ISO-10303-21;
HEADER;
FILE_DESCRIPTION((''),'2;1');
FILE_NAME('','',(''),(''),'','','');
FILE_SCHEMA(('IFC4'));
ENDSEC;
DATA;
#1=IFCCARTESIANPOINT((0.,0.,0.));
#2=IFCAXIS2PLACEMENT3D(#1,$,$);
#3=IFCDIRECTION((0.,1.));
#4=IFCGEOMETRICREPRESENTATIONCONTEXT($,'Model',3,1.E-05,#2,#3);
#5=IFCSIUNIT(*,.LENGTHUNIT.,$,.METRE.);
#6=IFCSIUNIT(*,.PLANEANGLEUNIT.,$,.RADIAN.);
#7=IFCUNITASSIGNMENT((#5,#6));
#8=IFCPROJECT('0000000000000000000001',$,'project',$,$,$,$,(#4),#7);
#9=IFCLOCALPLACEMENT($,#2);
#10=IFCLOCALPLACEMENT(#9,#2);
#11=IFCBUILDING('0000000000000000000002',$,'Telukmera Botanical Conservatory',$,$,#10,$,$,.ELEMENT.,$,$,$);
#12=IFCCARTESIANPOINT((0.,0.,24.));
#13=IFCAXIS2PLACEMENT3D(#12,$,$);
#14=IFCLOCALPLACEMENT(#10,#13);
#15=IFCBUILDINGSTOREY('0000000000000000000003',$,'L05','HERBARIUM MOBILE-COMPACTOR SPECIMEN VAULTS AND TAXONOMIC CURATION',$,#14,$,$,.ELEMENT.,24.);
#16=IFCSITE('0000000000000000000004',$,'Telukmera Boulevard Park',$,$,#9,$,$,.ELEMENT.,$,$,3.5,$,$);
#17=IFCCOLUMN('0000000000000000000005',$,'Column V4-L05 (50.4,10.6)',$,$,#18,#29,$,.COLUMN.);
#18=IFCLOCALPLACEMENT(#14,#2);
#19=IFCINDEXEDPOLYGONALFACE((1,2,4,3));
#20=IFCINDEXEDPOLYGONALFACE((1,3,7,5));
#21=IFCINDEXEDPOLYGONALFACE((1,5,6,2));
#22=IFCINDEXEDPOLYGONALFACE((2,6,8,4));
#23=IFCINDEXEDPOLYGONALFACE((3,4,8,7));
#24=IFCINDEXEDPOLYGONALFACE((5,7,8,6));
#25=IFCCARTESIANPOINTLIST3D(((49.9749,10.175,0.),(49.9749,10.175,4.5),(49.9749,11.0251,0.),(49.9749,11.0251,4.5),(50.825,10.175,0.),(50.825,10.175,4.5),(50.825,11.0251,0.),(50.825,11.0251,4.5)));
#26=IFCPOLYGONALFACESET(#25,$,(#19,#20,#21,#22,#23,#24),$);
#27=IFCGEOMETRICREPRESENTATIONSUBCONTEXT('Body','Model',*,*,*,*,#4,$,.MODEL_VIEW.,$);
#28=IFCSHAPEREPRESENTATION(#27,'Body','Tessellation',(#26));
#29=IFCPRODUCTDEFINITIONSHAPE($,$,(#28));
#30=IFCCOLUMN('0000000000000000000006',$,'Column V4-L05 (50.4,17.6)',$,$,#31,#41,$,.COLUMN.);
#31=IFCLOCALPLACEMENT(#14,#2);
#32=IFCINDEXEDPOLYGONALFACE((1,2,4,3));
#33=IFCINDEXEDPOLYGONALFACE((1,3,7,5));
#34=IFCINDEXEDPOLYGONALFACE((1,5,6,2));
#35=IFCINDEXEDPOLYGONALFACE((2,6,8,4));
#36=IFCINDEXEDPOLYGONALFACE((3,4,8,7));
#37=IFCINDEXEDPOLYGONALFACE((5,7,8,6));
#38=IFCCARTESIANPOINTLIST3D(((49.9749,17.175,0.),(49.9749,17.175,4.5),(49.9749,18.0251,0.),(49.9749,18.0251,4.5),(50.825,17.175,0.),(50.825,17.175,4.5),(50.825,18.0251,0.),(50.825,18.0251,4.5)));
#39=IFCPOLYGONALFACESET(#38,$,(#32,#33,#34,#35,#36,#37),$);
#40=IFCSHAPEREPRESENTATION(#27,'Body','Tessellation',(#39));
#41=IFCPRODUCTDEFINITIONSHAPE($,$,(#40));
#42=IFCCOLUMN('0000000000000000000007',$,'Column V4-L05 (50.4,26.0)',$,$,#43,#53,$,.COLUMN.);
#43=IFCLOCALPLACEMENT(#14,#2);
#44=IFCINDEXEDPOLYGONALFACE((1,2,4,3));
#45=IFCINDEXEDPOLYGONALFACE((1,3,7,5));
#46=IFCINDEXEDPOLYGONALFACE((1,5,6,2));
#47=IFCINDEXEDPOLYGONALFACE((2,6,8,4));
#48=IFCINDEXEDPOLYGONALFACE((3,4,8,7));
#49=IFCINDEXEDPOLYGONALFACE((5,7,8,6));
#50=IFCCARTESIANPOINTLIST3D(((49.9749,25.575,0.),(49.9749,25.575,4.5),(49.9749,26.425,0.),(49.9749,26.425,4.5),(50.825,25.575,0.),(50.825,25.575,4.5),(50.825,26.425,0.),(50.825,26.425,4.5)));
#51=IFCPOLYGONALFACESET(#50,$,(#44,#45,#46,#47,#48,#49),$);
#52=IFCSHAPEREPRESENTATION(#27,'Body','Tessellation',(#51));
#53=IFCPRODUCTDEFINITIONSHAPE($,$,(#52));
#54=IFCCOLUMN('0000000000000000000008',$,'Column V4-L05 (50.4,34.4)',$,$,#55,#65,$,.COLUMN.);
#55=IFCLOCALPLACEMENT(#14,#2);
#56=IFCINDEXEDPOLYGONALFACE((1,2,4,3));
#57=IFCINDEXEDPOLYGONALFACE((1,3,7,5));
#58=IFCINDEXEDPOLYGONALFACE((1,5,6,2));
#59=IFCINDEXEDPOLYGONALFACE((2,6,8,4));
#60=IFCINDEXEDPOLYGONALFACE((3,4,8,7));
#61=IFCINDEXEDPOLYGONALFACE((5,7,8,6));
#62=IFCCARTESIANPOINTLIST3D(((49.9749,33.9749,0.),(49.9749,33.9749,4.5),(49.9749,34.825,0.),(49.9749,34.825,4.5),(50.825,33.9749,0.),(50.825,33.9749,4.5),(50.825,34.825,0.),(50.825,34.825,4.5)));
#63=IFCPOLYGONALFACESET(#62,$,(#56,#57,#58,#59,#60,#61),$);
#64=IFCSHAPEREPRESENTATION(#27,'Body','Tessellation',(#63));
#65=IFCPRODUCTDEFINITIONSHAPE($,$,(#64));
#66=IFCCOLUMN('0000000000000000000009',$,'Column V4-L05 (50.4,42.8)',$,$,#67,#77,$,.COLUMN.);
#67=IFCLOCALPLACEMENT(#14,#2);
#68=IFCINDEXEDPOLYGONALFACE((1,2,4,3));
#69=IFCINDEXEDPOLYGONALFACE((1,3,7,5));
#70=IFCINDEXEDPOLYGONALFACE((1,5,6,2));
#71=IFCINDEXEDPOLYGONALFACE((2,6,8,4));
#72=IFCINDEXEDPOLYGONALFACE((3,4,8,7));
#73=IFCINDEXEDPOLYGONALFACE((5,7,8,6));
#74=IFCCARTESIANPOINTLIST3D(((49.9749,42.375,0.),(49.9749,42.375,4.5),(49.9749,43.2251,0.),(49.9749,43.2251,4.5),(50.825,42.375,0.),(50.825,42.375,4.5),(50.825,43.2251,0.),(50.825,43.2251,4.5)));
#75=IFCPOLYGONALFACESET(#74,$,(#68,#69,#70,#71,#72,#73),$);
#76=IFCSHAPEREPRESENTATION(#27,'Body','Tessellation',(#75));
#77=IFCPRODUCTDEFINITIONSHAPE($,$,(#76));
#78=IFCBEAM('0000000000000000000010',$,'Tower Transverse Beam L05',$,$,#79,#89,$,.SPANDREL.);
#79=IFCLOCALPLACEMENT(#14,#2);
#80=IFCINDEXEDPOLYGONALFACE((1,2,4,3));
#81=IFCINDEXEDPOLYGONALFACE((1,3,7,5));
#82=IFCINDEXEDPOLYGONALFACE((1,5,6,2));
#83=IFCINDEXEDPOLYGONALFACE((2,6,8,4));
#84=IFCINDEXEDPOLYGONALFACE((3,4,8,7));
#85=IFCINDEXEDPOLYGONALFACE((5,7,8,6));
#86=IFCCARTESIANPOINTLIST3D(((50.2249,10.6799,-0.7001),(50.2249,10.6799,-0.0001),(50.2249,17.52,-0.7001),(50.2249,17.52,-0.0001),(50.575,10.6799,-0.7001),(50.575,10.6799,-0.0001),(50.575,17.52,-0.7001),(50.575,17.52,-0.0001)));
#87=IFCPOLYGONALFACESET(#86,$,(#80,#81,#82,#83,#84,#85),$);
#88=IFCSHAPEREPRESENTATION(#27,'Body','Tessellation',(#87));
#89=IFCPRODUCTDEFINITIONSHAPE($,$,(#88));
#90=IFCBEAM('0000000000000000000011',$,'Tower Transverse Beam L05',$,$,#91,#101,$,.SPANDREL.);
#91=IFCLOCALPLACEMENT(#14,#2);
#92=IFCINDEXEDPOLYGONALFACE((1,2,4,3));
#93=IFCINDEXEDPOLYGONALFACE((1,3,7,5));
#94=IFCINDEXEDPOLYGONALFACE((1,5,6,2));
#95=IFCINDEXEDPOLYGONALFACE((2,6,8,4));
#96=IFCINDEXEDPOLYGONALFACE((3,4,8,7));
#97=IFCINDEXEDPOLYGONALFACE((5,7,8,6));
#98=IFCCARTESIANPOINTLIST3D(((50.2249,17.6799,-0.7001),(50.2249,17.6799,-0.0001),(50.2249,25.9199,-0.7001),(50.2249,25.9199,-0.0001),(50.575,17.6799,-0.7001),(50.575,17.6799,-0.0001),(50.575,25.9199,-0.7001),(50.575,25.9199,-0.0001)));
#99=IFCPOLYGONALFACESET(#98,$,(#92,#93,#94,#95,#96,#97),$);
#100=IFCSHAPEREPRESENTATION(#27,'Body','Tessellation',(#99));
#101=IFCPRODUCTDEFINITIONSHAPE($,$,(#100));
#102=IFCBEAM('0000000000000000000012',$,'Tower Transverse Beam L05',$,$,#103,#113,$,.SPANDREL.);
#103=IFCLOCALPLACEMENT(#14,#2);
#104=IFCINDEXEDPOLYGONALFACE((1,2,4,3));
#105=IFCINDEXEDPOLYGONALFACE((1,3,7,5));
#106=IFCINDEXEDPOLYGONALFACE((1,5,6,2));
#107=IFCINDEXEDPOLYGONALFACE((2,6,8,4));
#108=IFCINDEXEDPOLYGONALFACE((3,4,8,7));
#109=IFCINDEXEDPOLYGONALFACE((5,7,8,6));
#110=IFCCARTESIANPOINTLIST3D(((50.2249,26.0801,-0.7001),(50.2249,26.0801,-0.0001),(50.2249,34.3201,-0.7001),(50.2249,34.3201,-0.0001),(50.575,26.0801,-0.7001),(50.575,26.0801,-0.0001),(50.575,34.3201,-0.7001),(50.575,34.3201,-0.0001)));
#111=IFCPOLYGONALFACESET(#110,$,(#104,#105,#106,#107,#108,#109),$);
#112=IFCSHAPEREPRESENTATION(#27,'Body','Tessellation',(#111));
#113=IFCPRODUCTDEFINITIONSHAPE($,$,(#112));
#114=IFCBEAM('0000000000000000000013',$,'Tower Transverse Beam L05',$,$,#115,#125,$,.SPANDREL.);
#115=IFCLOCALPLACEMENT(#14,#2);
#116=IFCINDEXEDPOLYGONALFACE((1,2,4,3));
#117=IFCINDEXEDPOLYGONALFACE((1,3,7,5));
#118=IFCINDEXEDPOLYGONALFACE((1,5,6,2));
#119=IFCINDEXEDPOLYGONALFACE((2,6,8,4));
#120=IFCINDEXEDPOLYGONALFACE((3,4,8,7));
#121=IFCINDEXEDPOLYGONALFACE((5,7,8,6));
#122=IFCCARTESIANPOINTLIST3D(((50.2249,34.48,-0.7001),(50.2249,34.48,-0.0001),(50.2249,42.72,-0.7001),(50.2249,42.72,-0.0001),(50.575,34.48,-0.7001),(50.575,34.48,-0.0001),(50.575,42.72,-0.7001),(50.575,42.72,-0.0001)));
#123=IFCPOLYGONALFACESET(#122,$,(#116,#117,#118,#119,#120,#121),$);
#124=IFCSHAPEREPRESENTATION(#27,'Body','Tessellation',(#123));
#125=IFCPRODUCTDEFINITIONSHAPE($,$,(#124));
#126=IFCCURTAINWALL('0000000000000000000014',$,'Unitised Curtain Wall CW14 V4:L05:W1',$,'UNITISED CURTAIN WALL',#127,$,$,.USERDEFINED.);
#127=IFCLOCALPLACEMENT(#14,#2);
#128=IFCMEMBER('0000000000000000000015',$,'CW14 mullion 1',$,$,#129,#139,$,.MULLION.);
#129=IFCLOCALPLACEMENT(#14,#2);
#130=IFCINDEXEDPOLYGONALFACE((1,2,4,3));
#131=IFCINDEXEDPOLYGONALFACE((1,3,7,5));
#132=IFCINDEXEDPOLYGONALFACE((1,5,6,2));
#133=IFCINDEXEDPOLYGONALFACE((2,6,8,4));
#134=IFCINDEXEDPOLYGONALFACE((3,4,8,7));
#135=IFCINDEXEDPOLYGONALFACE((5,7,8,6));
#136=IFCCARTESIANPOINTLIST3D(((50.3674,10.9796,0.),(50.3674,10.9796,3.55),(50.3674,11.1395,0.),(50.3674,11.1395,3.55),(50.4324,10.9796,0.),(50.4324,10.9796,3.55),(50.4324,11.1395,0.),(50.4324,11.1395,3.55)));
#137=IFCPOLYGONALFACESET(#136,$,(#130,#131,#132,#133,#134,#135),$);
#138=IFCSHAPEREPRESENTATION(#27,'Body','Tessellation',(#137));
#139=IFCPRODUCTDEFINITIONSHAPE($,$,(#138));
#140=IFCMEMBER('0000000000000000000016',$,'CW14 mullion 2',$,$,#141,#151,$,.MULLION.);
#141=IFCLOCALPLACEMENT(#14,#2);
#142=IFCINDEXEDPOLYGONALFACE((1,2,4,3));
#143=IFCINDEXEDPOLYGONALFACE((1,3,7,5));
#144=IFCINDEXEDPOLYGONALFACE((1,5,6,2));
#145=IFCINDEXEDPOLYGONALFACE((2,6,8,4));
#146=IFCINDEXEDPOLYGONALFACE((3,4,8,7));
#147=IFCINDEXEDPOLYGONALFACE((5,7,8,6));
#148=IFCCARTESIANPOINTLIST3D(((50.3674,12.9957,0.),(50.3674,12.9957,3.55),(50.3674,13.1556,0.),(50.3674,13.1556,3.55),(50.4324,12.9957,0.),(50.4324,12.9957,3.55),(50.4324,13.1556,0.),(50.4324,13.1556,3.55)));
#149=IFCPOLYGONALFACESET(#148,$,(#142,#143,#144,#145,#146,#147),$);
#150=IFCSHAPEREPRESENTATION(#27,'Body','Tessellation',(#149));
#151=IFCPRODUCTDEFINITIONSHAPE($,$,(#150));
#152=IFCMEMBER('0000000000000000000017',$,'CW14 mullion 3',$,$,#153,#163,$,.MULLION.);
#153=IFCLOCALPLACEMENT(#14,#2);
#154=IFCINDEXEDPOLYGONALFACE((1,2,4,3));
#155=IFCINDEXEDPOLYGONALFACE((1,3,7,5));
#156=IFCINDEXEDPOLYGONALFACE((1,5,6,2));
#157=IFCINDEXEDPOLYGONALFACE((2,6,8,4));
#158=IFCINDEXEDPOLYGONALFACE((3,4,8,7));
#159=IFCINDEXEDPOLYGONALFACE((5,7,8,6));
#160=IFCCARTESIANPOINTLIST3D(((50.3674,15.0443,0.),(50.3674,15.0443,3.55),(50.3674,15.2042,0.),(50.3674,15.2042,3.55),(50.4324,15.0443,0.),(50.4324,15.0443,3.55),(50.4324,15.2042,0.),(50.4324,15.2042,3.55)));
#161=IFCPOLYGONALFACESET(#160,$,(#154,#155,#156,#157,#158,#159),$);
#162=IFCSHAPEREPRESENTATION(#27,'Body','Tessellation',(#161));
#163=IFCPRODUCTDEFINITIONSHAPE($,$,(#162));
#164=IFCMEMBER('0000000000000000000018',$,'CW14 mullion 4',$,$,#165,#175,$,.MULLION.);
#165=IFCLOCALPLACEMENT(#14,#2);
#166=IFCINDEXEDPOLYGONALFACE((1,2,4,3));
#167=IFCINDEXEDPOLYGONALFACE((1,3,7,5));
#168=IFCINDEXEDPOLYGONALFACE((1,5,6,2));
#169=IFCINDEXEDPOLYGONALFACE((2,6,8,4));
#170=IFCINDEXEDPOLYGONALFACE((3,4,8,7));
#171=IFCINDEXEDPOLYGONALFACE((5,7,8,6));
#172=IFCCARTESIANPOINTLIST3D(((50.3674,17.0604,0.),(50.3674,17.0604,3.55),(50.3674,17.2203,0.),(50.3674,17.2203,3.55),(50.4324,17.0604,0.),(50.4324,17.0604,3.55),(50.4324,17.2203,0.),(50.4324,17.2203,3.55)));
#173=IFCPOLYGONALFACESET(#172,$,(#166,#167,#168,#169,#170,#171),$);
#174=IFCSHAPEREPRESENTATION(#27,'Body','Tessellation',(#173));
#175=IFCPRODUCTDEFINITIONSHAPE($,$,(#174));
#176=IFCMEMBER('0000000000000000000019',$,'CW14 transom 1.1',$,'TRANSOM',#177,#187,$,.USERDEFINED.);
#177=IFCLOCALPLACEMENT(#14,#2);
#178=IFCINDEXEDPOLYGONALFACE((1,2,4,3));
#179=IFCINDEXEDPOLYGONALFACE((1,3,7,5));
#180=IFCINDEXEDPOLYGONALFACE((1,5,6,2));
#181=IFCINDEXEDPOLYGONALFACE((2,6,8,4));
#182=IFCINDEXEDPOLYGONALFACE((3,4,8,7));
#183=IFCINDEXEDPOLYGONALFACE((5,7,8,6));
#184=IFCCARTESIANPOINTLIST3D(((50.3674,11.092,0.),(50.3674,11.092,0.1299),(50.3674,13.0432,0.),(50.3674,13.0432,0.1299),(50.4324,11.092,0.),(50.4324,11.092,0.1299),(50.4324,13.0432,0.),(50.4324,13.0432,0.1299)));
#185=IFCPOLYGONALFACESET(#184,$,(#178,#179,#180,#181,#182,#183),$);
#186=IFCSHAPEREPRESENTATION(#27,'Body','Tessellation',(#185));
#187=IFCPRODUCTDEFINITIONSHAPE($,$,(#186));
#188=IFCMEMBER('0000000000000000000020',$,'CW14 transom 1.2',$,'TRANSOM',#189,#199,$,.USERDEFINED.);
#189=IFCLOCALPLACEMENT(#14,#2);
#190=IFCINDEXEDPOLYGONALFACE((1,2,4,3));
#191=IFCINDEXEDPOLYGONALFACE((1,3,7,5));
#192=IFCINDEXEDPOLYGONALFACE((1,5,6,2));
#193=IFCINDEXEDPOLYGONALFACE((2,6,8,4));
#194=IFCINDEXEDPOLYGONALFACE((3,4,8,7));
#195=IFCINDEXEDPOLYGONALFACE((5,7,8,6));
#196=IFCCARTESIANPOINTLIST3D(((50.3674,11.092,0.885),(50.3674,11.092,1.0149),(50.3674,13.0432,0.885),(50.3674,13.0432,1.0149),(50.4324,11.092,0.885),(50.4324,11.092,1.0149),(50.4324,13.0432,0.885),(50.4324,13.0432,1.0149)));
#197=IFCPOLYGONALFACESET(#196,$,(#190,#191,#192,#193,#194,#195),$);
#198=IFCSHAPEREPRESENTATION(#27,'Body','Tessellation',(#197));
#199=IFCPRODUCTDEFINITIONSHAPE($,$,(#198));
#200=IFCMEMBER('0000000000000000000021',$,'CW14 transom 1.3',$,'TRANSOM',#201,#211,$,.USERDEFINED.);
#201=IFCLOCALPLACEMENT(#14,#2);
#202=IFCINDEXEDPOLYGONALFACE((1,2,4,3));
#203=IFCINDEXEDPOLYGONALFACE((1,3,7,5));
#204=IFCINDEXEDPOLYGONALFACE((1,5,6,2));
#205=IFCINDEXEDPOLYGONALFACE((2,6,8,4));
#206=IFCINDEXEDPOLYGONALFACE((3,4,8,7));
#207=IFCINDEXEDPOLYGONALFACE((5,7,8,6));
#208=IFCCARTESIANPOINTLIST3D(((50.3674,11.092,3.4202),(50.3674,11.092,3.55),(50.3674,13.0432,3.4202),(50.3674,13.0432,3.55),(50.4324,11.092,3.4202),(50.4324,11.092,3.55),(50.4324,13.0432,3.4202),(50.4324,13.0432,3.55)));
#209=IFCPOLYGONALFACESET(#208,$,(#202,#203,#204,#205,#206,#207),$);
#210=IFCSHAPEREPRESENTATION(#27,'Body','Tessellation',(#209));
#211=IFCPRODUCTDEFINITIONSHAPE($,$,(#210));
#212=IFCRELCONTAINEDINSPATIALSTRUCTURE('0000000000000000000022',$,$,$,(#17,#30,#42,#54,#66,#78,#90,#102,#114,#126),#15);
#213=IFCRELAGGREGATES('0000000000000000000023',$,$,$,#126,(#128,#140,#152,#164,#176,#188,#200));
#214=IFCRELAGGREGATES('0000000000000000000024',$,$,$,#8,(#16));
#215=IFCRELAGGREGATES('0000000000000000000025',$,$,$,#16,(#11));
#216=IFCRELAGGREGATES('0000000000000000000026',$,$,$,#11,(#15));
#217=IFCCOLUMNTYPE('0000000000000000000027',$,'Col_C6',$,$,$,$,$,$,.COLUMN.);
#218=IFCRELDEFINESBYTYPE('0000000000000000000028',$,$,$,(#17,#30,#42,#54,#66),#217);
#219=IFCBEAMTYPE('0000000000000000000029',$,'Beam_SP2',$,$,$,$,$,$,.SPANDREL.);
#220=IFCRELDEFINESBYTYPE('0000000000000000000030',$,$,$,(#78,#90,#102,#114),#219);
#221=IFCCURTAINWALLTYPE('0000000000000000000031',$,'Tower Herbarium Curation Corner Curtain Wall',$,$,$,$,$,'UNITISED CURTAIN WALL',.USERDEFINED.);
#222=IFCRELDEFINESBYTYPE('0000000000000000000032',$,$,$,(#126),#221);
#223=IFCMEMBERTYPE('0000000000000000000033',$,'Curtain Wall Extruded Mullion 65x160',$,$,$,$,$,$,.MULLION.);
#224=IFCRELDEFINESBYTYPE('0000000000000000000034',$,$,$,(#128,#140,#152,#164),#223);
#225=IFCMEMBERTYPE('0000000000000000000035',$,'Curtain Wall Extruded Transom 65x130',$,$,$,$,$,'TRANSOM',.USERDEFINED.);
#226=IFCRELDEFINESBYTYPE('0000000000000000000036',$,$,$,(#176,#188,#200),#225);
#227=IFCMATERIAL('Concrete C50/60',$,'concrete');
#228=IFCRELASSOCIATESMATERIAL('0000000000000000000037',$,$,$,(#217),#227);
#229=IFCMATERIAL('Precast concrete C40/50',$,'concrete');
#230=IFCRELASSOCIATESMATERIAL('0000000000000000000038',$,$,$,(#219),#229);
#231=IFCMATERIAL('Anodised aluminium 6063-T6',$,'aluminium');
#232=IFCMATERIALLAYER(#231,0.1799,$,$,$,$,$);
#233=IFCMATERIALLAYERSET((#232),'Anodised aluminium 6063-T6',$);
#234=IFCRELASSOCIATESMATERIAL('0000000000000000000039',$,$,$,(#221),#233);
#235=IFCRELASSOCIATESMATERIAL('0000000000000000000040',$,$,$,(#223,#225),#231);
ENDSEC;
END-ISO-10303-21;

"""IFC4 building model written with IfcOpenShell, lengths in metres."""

from ifc_helpers import new_model, si_unit, direction, frame, origin, origin_2d, place, context, subcontext, project, spatial, rectangle, extrude, material, layer, layer_set, material_profile, profile_set, type_object, element, aggregate, save


model = new_model("IFC4")

# Units and contexts
model_context = context("Model", 3, precision=1e-05, world=origin(), true_north=direction((0.0, 1.0)))
body_context = subcontext(model_context, "Body", "Model", "MODEL_VIEW")
ifc_project = project(units=[si_unit("LENGTHUNIT", "METRE"), si_unit("PLANEANGLEUNIT", "RADIAN")], contexts=[model_context])

# Site, building, storey
site_placement = place(None, origin())
site = spatial("IfcSite", under=ifc_project, at=site_placement, Name="Telukmera Boulevard Park", CompositionType="ELEMENT", RefElevation=3.5)
building_placement = place(site_placement, origin())
building = spatial("IfcBuilding", under=site, at=building_placement, Name="Telukmera Botanical Conservatory", CompositionType="ELEMENT")
storey_placement = place(building_placement, frame((0.0, 0.0, 24.0)))
storey = spatial("IfcBuildingStorey", under=building, at=storey_placement, Name="L05", Description="HERBARIUM MOBILE-COMPACTOR SPECIMEN VAULTS AND TAXONOMIC CURATION", CompositionType="ELEMENT", Elevation=24.0)

# Columns
ifc_material_1 = material(Name="Concrete C50/60", Category="concrete")
ifc_material_profile_1 = material_profile(ifc_material_1, rectangle(XDim=0.8501, YDim=0.8501, at=origin_2d()), Name="RC 850x850")
ifc_profile_set_1 = profile_set([ifc_material_profile_1], Name="Concrete C50/60")
column_type = type_object("IfcColumnType", Name="Col_C6", PredefinedType="COLUMN", material=ifc_profile_set_1)
for number, where, z_axis, x_axis, name in (
    (1, (50.3999, 10.6001, 0.0), (0.0, 0.0, 1.0), (1.0, 0.0, 0.0), "Column V4-L05 (50.4,10.6)"),
    (2, (50.3999, 17.6001, 0.0), (0.0, 0.0, 1.0), (1.0, 0.0, 0.0), "Column V4-L05 (50.4,17.6)"),
    (3, (50.3999, 26.0, 0.0), (0.0, 0.0, 1.0), (1.0, 0.0, 0.0), "Column V4-L05 (50.4,26.0)"),
    (4, (50.3999, 34.3999, 0.0), (0.0, 0.0, 1.0), (1.0, 0.0, 0.0), "Column V4-L05 (50.4,34.4)"),
    (5, (50.3999, 42.8, 0.0), (0.0, 0.0, 1.0), (1.0, 0.0, 0.0), "Column V4-L05 (50.4,42.8)"),
):
    element("IfcColumn", number, at=place(storey_placement, frame(where, z_axis=z_axis, x_axis=x_axis)), inside=storey, type_object=column_type, Name=name, PredefinedType="COLUMN", context=body_context, shape_type="SweptSolid", body=[
        extrude(rectangle(XDim=0.8501, YDim=0.8501, at=origin_2d()), origin(), (0.0, 0.0, 1.0), 4.5),
    ])

# Beams
ifc_material_2 = material(Name="Precast concrete C40/50", Category="concrete")
ifc_material_profile_2 = material_profile(ifc_material_2, rectangle(XDim=0.3501, YDim=0.7, at=origin_2d()), Name="PC 350x700")
ifc_profile_set_2 = profile_set([ifc_material_profile_2], Name="Precast concrete C40/50")
beam_type = type_object("IfcBeamType", Name="Beam_SP2", PredefinedType="SPANDREL", material=ifc_profile_set_2)
beam_placement = place(storey_placement, frame((50.3999, 10.6799, -0.3501), z_axis=(0.0, 1.0, 0.0), x_axis=(-1.0, 0.0, 0.0)))
element("IfcBeam", 6, at=beam_placement, inside=storey, type_object=beam_type, Name="Tower Transverse Beam L05", PredefinedType="SPANDREL", context=body_context, shape_type="SweptSolid", body=[
    extrude(rectangle(XDim=0.3501, YDim=0.7, at=origin_2d()), origin(), (0.0, 0.0, 1.0), 6.8401),
])
for number, where, z_axis, x_axis, name in (
    (7, (50.3999, 17.6799, -0.3501), (0.0, 1.0, 0.0), (-1.0, 0.0, 0.0), "Tower Transverse Beam L05"),
    (8, (50.3999, 26.0801, -0.3501), (0.0, 1.0, 0.0), (-1.0, 0.0, 0.0), "Tower Transverse Beam L05"),
    (9, (50.3999, 34.48, -0.3501), (0.0, 1.0, 0.0), (-1.0, 0.0, 0.0), "Tower Transverse Beam L05"),
):
    element("IfcBeam", number, at=place(storey_placement, frame(where, z_axis=z_axis, x_axis=x_axis)), inside=storey, type_object=beam_type, Name=name, PredefinedType="SPANDREL", context=body_context, shape_type="SweptSolid", body=[
        extrude(rectangle(XDim=0.3501, YDim=0.7, at=origin_2d()), origin(), (0.0, 0.0, 1.0), 8.24),
    ])

# Curtain wall, members
ifc_material_3 = material(Name="Anodised aluminium 6063-T6", Category="aluminium")
ifc_layer_1 = layer(ifc_material_3, 0.1799)
ifc_layer_set_1 = layer_set([ifc_layer_1], Name="Anodised aluminium 6063-T6")
curtain_wall_type = type_object("IfcCurtainWallType", Name="Tower Herbarium Curation Corner Curtain Wall", ElementType="UNITISED CURTAIN WALL", PredefinedType="USERDEFINED", material=ifc_layer_set_1)
curtain_wall_placement = place(storey_placement, origin())
curtain_wall = element("IfcCurtainWall", 10, at=curtain_wall_placement, inside=storey, type_object=curtain_wall_type, Name="Unitised Curtain Wall CW14 V4:L05:W1", ObjectType="UNITISED CURTAIN WALL", PredefinedType="USERDEFINED")
ifc_material_profile_3 = material_profile(ifc_material_3, rectangle(XDim=0.0649, YDim=0.1599, at=origin_2d()), Name="ALU MULL 65x160")
ifc_profile_set_3 = profile_set([ifc_material_profile_3], Name="Anodised aluminium 6063-T6")
member_type_1 = type_object("IfcMemberType", Name="Curtain Wall Extruded Mullion 65x160", PredefinedType="MULLION", material=ifc_profile_set_3)
member_1_placement = place(storey_placement, frame((50.3999, 11.0596, 0.0), z_axis=(0.0, 0.0, 1.0), x_axis=(-1.0, 0.0, 0.0)))
member_1 = element("IfcMember", 11, at=member_1_placement, type_object=member_type_1, Name="CW14 mullion 1", PredefinedType="MULLION", context=body_context, shape_type="SweptSolid", body=[
    extrude(rectangle(XDim=0.0649, YDim=0.1599, at=origin_2d()), origin(), (0.0, 0.0, 1.0), 3.55),
])
member_2_placement = place(storey_placement, frame((50.3999, 13.0757, 0.0), z_axis=(0.0, 0.0, 1.0), x_axis=(-1.0, 0.0, 0.0)))
member_2 = element("IfcMember", 12, at=member_2_placement, type_object=member_type_1, Name="CW14 mullion 2", PredefinedType="MULLION", context=body_context, shape_type="SweptSolid", body=[
    extrude(rectangle(XDim=0.0649, YDim=0.1599, at=origin_2d()), origin(), (0.0, 0.0, 1.0), 3.55),
])
member_3_placement = place(storey_placement, frame((50.3999, 15.1243, 0.0), z_axis=(0.0, 0.0, 1.0), x_axis=(-1.0, 0.0, 0.0)))
member_3 = element("IfcMember", 13, at=member_3_placement, type_object=member_type_1, Name="CW14 mullion 3", PredefinedType="MULLION", context=body_context, shape_type="SweptSolid", body=[
    extrude(rectangle(XDim=0.0649, YDim=0.1599, at=origin_2d()), origin(), (0.0, 0.0, 1.0), 3.55),
])
member_4_placement = place(storey_placement, frame((50.3999, 17.1404, 0.0), z_axis=(0.0, 0.0, 1.0), x_axis=(-1.0, 0.0, 0.0)))
member_4 = element("IfcMember", 14, at=member_4_placement, type_object=member_type_1, Name="CW14 mullion 4", PredefinedType="MULLION", context=body_context, shape_type="SweptSolid", body=[
    extrude(rectangle(XDim=0.0649, YDim=0.1599, at=origin_2d()), origin(), (0.0, 0.0, 1.0), 3.55),
])
ifc_material_profile_4 = material_profile(ifc_material_3, rectangle(XDim=0.0649, YDim=0.1299, at=origin_2d()), Name="ALU TRAN 65x130")
ifc_profile_set_4 = profile_set([ifc_material_profile_4], Name="Anodised aluminium 6063-T6")
member_type_2 = type_object("IfcMemberType", Name="Curtain Wall Extruded Transom 65x130", ElementType="TRANSOM", PredefinedType="USERDEFINED", material=ifc_profile_set_4)
member_5_placement = place(storey_placement, frame((50.3999, 11.092, 0.0649), z_axis=(0.0, 1.0, 0.0), x_axis=(-1.0, 0.0, 0.0)))
member_5 = element("IfcMember", 15, at=member_5_placement, type_object=member_type_2, Name="CW14 transom 1.1", ObjectType="TRANSOM", PredefinedType="USERDEFINED", context=body_context, shape_type="SweptSolid", body=[
    extrude(rectangle(XDim=0.0649, YDim=0.1299, at=origin_2d()), origin(), (0.0, 0.0, 1.0), 1.9512),
])
member_6_placement = place(storey_placement, frame((50.3999, 11.092, 0.95), z_axis=(0.0, 1.0, 0.0), x_axis=(-1.0, 0.0, 0.0)))
member_6 = element("IfcMember", 16, at=member_6_placement, type_object=member_type_2, Name="CW14 transom 1.2", ObjectType="TRANSOM", PredefinedType="USERDEFINED", context=body_context, shape_type="SweptSolid", body=[
    extrude(rectangle(XDim=0.0649, YDim=0.1299, at=origin_2d()), origin(), (0.0, 0.0, 1.0), 1.9512),
])
member_7_placement = place(storey_placement, frame((50.3999, 11.092, 3.4851), z_axis=(0.0, 1.0, 0.0), x_axis=(-1.0, 0.0, 0.0)))
member_7 = element("IfcMember", 17, at=member_7_placement, type_object=member_type_2, Name="CW14 transom 1.3", ObjectType="TRANSOM", PredefinedType="USERDEFINED", context=body_context, shape_type="SweptSolid", body=[
    extrude(rectangle(XDim=0.0649, YDim=0.1299, at=origin_2d()), origin(), (0.0, 0.0, 1.0), 1.9512),
])
aggregate(curtain_wall, [member_1, member_2, member_3, member_4, member_5, member_6, member_7])

save(model, "model.ifc")
